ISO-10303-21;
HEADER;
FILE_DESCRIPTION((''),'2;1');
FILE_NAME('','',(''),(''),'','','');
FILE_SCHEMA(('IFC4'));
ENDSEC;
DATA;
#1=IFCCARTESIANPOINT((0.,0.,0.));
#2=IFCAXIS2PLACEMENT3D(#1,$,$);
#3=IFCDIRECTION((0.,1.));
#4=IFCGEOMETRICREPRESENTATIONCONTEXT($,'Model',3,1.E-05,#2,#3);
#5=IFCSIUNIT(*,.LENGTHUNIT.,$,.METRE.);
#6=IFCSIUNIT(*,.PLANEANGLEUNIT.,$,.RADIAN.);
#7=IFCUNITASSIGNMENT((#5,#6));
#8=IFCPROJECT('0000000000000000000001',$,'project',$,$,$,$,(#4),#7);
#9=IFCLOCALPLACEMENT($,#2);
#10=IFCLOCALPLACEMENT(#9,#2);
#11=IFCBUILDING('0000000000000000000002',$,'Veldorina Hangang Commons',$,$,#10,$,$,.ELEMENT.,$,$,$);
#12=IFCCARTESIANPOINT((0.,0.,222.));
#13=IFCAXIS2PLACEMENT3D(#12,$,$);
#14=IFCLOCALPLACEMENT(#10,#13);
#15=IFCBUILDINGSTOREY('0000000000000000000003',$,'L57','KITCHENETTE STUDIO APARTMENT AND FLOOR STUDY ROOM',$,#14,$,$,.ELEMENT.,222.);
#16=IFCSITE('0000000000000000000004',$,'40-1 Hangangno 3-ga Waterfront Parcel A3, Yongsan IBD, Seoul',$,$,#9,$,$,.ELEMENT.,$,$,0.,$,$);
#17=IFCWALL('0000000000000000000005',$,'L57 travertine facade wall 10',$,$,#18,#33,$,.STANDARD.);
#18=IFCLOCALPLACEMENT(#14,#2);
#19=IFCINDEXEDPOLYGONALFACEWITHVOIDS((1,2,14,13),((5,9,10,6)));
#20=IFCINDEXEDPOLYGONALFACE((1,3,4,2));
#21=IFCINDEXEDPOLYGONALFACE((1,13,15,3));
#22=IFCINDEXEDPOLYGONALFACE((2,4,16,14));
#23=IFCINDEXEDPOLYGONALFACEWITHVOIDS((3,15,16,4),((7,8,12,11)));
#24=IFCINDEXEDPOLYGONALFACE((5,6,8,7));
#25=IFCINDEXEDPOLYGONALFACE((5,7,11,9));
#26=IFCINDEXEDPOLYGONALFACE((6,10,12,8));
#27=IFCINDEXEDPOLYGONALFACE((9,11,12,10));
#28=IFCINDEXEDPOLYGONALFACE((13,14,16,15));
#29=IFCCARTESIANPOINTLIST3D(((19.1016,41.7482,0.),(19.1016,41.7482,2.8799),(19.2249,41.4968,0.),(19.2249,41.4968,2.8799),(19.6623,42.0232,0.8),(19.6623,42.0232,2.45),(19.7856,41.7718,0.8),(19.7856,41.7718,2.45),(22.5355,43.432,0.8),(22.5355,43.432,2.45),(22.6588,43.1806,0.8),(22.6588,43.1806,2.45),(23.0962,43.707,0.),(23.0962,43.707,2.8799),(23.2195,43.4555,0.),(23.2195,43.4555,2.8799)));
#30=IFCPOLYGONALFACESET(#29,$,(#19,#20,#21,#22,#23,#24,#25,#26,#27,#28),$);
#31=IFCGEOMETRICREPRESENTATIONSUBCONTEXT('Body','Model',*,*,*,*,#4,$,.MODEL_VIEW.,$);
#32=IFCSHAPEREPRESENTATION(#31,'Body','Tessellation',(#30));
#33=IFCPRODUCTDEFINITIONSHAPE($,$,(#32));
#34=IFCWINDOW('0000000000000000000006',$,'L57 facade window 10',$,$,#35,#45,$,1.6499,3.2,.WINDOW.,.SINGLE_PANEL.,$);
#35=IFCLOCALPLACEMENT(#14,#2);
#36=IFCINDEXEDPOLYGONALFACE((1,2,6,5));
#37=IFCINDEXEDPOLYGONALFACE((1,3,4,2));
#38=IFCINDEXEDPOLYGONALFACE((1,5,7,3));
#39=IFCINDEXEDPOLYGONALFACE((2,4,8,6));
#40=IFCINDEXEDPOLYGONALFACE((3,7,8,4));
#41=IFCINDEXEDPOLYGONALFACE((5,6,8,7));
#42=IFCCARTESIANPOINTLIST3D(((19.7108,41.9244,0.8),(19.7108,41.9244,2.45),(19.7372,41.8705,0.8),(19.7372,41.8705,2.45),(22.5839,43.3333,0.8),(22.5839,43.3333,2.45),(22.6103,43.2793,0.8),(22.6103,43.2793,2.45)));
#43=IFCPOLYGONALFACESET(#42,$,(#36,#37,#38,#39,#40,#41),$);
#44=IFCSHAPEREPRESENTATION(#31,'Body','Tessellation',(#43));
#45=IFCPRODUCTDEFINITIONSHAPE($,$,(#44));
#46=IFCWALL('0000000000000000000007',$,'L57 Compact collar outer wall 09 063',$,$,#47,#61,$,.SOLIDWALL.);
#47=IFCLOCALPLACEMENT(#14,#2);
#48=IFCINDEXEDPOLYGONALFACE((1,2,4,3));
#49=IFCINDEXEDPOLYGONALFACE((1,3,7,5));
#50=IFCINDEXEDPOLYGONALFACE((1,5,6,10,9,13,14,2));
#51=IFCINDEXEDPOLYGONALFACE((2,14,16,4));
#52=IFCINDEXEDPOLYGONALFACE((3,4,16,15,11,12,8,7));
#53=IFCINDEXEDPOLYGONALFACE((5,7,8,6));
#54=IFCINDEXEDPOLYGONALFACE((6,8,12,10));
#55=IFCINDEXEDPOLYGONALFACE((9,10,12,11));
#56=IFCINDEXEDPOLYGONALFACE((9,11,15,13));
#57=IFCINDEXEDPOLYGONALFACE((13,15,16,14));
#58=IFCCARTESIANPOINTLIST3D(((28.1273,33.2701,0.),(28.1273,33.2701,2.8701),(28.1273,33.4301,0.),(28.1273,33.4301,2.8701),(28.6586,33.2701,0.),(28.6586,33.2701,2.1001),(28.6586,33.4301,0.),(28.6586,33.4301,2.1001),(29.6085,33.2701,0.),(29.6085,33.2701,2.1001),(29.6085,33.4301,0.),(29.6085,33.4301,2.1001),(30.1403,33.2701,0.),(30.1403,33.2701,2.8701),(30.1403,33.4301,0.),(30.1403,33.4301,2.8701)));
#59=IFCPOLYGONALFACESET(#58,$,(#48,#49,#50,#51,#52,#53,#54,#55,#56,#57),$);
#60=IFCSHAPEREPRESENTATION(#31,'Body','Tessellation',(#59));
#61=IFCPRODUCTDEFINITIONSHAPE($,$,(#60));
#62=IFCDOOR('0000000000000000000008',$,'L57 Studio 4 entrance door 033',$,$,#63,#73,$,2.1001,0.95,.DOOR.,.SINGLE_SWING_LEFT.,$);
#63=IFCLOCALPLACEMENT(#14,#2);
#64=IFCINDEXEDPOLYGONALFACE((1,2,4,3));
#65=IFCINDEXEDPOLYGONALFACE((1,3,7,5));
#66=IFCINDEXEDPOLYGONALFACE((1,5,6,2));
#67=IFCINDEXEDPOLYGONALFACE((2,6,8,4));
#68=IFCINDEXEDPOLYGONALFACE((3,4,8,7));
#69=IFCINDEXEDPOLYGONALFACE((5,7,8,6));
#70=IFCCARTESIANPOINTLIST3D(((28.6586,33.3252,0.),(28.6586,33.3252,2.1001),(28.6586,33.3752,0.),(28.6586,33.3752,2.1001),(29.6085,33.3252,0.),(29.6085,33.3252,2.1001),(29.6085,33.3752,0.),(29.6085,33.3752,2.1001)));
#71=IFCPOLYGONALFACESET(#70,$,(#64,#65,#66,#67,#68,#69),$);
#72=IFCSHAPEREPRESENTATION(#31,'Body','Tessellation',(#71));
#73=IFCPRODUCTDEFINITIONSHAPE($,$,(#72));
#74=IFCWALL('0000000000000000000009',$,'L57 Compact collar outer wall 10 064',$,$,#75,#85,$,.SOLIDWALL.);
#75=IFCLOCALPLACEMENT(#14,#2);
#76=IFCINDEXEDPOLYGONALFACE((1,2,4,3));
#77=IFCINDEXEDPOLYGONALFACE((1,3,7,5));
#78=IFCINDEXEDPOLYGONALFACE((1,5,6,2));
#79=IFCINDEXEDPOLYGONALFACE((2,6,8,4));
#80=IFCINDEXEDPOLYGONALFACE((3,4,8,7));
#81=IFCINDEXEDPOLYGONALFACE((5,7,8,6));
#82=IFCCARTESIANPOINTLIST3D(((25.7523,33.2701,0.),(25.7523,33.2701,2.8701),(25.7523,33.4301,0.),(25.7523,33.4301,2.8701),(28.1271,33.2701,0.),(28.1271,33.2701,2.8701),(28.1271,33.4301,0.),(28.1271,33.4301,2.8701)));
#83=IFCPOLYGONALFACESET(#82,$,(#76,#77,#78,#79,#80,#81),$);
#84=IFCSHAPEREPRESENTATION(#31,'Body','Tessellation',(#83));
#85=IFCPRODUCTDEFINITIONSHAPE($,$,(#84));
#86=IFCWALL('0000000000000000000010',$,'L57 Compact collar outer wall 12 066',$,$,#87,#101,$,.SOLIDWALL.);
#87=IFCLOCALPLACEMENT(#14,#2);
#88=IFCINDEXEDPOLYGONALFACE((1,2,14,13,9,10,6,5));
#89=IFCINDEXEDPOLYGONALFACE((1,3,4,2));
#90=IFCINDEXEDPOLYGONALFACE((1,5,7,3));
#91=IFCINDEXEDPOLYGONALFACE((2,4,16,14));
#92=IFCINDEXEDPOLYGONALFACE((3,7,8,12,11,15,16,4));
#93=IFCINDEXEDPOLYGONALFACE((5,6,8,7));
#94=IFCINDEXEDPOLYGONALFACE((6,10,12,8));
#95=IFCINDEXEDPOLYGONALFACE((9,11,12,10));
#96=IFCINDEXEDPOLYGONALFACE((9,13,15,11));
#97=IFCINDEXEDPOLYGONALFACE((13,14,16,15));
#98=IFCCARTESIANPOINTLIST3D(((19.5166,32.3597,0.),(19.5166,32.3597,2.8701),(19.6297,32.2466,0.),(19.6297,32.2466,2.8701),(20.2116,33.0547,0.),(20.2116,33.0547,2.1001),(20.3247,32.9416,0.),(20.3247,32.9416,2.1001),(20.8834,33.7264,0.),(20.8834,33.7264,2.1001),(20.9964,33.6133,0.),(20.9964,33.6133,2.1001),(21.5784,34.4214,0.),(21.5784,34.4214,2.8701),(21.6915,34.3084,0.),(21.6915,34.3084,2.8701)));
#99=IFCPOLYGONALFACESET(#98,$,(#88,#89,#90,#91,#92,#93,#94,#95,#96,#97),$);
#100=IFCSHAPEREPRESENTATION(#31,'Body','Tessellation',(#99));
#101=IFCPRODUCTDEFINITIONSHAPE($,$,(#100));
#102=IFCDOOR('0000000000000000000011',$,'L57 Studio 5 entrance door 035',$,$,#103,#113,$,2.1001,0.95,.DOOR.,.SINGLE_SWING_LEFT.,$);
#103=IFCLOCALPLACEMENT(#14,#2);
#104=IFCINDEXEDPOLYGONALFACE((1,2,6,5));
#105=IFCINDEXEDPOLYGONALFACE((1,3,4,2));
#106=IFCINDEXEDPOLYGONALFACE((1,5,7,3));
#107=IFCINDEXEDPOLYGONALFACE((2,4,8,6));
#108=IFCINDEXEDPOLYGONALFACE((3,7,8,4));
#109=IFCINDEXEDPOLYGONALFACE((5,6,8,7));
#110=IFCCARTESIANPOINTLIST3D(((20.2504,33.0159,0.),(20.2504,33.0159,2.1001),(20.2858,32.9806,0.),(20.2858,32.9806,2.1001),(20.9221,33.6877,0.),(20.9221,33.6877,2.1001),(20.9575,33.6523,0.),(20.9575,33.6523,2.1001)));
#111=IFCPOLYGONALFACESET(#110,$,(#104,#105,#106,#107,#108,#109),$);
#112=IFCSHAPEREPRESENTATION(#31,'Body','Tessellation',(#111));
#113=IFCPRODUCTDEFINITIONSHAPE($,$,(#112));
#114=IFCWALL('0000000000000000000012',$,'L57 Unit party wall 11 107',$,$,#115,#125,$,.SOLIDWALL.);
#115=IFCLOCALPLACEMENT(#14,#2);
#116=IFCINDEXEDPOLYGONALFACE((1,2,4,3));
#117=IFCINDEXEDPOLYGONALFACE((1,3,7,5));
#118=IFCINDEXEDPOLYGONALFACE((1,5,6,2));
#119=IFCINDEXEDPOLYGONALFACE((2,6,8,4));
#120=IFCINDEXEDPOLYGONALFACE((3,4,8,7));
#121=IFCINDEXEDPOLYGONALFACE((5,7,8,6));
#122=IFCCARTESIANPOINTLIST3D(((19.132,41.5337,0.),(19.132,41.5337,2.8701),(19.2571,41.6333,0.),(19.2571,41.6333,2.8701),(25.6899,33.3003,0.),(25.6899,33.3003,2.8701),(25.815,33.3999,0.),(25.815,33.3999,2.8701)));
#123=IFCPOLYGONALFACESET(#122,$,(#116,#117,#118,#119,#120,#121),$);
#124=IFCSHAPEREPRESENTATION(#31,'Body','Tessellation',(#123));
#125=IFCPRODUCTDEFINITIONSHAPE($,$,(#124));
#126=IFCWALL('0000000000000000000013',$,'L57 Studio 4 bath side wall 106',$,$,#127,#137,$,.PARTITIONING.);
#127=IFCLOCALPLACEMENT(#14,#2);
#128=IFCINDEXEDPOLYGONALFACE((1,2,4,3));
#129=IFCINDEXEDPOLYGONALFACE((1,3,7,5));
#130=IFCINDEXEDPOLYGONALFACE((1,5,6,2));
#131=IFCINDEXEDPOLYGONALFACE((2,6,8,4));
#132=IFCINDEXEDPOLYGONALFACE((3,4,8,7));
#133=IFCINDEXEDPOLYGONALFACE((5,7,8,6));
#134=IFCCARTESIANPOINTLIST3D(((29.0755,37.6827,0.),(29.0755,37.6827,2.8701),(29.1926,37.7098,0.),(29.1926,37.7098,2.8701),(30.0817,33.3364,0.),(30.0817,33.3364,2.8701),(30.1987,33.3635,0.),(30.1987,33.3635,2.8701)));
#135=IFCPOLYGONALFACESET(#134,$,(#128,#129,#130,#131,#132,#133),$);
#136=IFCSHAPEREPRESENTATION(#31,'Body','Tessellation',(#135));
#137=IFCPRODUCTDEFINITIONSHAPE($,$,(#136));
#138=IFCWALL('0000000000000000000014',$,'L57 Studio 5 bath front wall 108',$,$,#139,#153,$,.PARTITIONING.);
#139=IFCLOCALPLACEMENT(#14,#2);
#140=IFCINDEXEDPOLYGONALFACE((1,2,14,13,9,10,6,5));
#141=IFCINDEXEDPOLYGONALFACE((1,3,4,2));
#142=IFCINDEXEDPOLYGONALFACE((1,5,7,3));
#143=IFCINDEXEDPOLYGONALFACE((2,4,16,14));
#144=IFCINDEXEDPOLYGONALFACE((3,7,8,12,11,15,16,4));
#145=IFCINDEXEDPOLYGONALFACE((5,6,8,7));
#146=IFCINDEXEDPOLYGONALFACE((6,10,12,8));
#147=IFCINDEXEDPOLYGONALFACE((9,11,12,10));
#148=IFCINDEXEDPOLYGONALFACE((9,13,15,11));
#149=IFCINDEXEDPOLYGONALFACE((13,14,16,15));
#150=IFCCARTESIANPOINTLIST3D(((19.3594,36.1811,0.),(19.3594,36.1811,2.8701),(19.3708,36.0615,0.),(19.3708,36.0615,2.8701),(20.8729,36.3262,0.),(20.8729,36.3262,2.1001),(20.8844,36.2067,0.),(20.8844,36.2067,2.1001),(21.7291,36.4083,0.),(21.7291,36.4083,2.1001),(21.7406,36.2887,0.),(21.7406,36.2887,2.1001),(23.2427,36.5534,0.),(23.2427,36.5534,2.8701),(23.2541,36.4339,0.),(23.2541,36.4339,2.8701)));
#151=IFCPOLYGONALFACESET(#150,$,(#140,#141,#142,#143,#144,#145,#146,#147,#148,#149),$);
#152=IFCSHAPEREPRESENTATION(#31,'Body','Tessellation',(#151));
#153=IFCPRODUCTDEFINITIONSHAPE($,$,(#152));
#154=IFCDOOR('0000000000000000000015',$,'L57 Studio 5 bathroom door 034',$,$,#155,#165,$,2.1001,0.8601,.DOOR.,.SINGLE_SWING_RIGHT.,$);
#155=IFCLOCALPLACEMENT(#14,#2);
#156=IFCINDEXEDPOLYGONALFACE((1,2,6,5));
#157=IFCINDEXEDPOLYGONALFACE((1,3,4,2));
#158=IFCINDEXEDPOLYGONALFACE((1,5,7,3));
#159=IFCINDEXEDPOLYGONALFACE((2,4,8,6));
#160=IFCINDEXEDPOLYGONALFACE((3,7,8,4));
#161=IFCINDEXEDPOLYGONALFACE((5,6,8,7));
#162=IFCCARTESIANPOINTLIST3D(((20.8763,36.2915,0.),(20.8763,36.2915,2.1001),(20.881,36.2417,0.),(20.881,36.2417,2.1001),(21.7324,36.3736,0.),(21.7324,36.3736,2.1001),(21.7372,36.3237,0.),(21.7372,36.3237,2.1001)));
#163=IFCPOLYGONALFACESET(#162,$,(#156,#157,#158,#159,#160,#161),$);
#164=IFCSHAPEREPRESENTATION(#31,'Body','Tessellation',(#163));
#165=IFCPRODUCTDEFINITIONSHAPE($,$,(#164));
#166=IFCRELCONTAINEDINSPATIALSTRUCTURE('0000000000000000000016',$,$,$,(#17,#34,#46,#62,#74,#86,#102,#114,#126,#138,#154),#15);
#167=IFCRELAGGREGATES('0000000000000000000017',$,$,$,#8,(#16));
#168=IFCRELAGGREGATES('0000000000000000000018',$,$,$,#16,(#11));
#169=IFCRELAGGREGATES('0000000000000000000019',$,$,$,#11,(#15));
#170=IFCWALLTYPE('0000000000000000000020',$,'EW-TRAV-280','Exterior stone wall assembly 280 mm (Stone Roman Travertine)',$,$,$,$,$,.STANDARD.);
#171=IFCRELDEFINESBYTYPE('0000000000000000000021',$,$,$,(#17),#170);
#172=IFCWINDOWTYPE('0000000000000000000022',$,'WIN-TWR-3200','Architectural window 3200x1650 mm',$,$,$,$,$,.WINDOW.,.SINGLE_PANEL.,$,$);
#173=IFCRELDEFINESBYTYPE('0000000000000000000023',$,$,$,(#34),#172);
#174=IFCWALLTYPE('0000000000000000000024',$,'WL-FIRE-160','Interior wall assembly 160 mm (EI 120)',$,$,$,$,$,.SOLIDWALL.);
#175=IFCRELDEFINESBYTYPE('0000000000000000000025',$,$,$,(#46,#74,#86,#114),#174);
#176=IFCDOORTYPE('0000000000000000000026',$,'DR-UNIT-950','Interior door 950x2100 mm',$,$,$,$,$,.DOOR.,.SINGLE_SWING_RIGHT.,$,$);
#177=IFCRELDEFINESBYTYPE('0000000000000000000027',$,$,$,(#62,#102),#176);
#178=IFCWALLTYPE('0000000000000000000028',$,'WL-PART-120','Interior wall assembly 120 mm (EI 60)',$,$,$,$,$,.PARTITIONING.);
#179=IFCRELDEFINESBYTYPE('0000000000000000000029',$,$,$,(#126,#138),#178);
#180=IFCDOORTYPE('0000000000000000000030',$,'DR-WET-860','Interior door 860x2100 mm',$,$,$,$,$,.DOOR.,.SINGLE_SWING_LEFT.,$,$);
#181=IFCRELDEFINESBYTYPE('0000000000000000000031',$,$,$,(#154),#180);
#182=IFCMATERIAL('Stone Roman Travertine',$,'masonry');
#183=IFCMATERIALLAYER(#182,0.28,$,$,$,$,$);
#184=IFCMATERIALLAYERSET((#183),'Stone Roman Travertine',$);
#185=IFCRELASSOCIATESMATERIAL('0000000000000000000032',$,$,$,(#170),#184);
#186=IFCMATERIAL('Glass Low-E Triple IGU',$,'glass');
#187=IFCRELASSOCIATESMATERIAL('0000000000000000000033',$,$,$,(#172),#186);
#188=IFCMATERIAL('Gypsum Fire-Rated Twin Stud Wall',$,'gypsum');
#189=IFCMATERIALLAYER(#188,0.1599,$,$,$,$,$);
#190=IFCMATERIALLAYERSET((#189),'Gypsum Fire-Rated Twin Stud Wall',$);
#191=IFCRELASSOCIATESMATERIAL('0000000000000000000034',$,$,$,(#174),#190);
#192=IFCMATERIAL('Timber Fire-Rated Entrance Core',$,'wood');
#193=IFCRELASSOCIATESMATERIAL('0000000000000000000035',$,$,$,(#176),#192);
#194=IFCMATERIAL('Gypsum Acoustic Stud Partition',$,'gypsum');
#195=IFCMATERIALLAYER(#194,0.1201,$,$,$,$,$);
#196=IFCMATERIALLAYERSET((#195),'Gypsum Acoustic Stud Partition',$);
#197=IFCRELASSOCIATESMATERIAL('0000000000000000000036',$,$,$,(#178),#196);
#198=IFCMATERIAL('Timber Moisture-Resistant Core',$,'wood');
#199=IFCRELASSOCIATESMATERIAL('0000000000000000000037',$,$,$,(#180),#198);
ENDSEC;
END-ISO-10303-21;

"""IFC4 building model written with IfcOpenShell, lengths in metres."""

from ifc_helpers import new_model, si_unit, direction, frame, frame_2d, origin, place, context, subcontext, project, spatial, rectangle, extrude, material, layer, layer_set, type_object, element, fill, save


model = new_model("IFC4")

# Units and contexts
model_context = context("Model", 3, precision=1e-05, world=origin(), true_north=direction((0.0, 1.0)))
body_context = subcontext(model_context, "Body", "Model", "MODEL_VIEW")
ifc_project = project(units=[si_unit("LENGTHUNIT", "METRE"), si_unit("PLANEANGLEUNIT", "RADIAN")], contexts=[model_context])

# Site, building, storey
site_placement = place(None, origin())
site = spatial("IfcSite", under=ifc_project, at=site_placement, Name="40-1 Hangangno 3-ga Waterfront Parcel A3, Yongsan IBD, Seoul", CompositionType="ELEMENT", RefElevation=0.0)
building_placement = place(site_placement, origin())
building = spatial("IfcBuilding", under=site, at=building_placement, Name="Veldorina Hangang Commons", CompositionType="ELEMENT")
storey_placement = place(building_placement, frame((0.0, 0.0, 222.0)))
storey = spatial("IfcBuildingStorey", under=building, at=storey_placement, Name="L57", Description="KITCHENETTE STUDIO APARTMENT AND FLOOR STUDY ROOM", CompositionType="ELEMENT", Elevation=222.0)

# Shared definitions
ifc_material_1 = material(Name="Stone Roman Travertine", Category="masonry")
ifc_layer_1 = layer(ifc_material_1, 0.28)
ifc_layer_set_1 = layer_set([ifc_layer_1], Name="Stone Roman Travertine")
wall_type_1 = type_object("IfcWallType", Name="EW-TRAV-280", Description="Exterior stone wall assembly 280 mm (Stone Roman Travertine)", PredefinedType="STANDARD", material=ifc_layer_set_1)

# Wall, opening, window
wall_1_placement = place(storey_placement, frame((23.158, 43.5813, 0.0), z_axis=(0.0, 0.0, 1.0), x_axis=(-0.897868, -0.440264, 0.0)))
wall_1 = element("IfcWall", 1, at=wall_1_placement, inside=storey, type_object=wall_type_1, Name="L57 travertine facade wall 10", PredefinedType="STANDARD", context=body_context, shape_type="SweptSolid", body=[
    extrude(rectangle(XDim=4.449, YDim=0.28, at=frame_2d((2.2246, 0.0))), origin(), (0.0, 0.0, 1.0), 2.8799),
])
opening_1_placement = place(wall_1_placement, frame((0.6245, 0.0, 0.8)))
opening_1 = element("IfcOpeningElement", 2, at=opening_1_placement, cuts=wall_1, PredefinedType="OPENING", context=body_context, shape_type="SweptSolid", body=[
    extrude(rectangle(XDim=3.2, YDim=1.6499, at=frame_2d((1.6001, 0.825))), frame((0.0, 0.1499, 0.0), z_axis=(0.0, -1.0, 0.0), x_axis=(1.0, 0.0, 0.0)), (0.0, 0.0, 1.0), 0.3),
])
ifc_material_2 = material(Name="Glass Low-E Triple IGU", Category="glass")
window_type = type_object("IfcWindowType", Name="WIN-TWR-3200", Description="Architectural window 3200x1650 mm", PartitioningType="SINGLE_PANEL", PredefinedType="WINDOW", material=ifc_material_2)
window_placement = place(opening_1_placement, origin())
window = element("IfcWindow", 3, at=window_placement, inside=storey, type_object=window_type, Name="L57 facade window 10", OverallHeight=1.6499, OverallWidth=3.2, PartitioningType="SINGLE_PANEL", PredefinedType="WINDOW", context=body_context, shape_type="SweptSolid", body=[
    extrude(rectangle(XDim=3.2, YDim=1.6499, at=frame_2d((1.6001, 0.825))), frame((0.0, 0.03, 0.0), z_axis=(0.0, -1.0, 0.0), x_axis=(1.0, 0.0, 0.0)), (0.0, 0.0, 1.0), 0.0601),
])
fill(opening_1, window)

# Wall, opening, door
ifc_material_3 = material(Name="Gypsum Fire-Rated Twin Stud Wall", Category="gypsum")
ifc_layer_2 = layer(ifc_material_3, 0.1599)
ifc_layer_set_2 = layer_set([ifc_layer_2], Name="Gypsum Fire-Rated Twin Stud Wall")
wall_type_2 = type_object("IfcWallType", Name="WL-FIRE-160", Description="Interior wall assembly 160 mm (EI 120)", PredefinedType="SOLIDWALL", material=ifc_layer_set_2)
wall_2_placement = place(storey_placement, frame((30.1401, 33.3501, 0.0), z_axis=(0.0, 0.0, 1.0), x_axis=(-1.0, 0.0, 0.0)))
wall_2 = element("IfcWall", 4, at=wall_2_placement, inside=storey, type_object=wall_type_2, Name="L57 Compact collar outer wall 09 063", PredefinedType="SOLIDWALL", context=body_context, shape_type="SweptSolid", body=[
    extrude(rectangle(XDim=2.0129, YDim=0.1599, at=frame_2d((1.0063, 0.0))), origin(), (0.0, 0.0, 1.0), 2.8701),
])
opening_2_placement = place(wall_2_placement, frame((0.5315, 0.0, 0.0)))
opening_2 = element("IfcOpeningElement", 5, at=opening_2_placement, cuts=wall_2, PredefinedType="OPENING", context=body_context, shape_type="SweptSolid", body=[
    extrude(rectangle(XDim=0.95, YDim=2.1001, at=frame_2d((0.4751, 1.05))), frame((0.0, 0.0898, 0.0), z_axis=(0.0, -1.0, 0.0), x_axis=(1.0, 0.0, 0.0)), (0.0, 0.0, 1.0), 0.1799),
])
ifc_material_4 = material(Name="Timber Fire-Rated Entrance Core", Category="wood")
door_type_1 = type_object("IfcDoorType", Name="DR-UNIT-950", Description="Interior door 950x2100 mm", OperationType="SINGLE_SWING_RIGHT", PredefinedType="DOOR", material=ifc_material_4)
door_1_placement = place(opening_2_placement, origin())
door_1 = element("IfcDoor", 6, at=door_1_placement, inside=storey, type_object=door_type_1, Name="L57 Studio 4 entrance door 033", OperationType="SINGLE_SWING_LEFT", OverallHeight=2.1001, OverallWidth=0.95, PredefinedType="DOOR", context=body_context, shape_type="SweptSolid", body=[
    extrude(rectangle(XDim=0.95, YDim=2.1001, at=frame_2d((0.4751, 1.05))), frame((0.0, 0.0249, 0.0), z_axis=(0.0, -1.0, 0.0), x_axis=(1.0, 0.0, 0.0)), (0.0, 0.0, 1.0), 0.05),
])
fill(opening_2, door_1)

# Wall
wall_3_placement = place(storey_placement, frame((28.1272, 33.3501, 0.0), z_axis=(0.0, 0.0, 1.0), x_axis=(-1.0, 0.0, 0.0)))
element("IfcWall", 7, at=wall_3_placement, inside=storey, type_object=wall_type_2, Name="L57 Compact collar outer wall 10 064", PredefinedType="SOLIDWALL", context=body_context, shape_type="SweptSolid", body=[
    extrude(rectangle(XDim=2.3748, YDim=0.1599, at=frame_2d((1.1875, 0.0))), origin(), (0.0, 0.0, 1.0), 2.8701),
])

# Wall, opening, door
wall_4_placement = place(storey_placement, frame((21.635, 34.365, 0.0), z_axis=(0.0, 0.0, 1.0), x_axis=(-0.707107, -0.707107, 0.0)))
wall_4 = element("IfcWall", 8, at=wall_4_placement, inside=storey, type_object=wall_type_2, Name="L57 Compact collar outer wall 12 066", PredefinedType="SOLIDWALL", context=body_context, shape_type="SweptSolid", body=[
    extrude(rectangle(XDim=2.9158, YDim=0.1599, at=frame_2d((1.458, 0.0))), origin(), (0.0, 0.0, 1.0), 2.8701),
])
opening_3_placement = place(wall_4_placement, frame((0.9829, 0.0, 0.0)))
opening_3 = element("IfcOpeningElement", 9, at=opening_3_placement, cuts=wall_4, PredefinedType="OPENING", context=body_context, shape_type="SweptSolid", body=[
    extrude(rectangle(XDim=0.95, YDim=2.1001, at=frame_2d((0.4751, 1.05))), frame((0.0, 0.0898, 0.0), z_axis=(0.0, -1.0, 0.0), x_axis=(1.0, 0.0, 0.0)), (0.0, 0.0, 1.0), 0.1799),
])
door_2_placement = place(opening_3_placement, origin())
door_2 = element("IfcDoor", 10, at=door_2_placement, inside=storey, type_object=door_type_1, Name="L57 Studio 5 entrance door 035", OperationType="SINGLE_SWING_LEFT", OverallHeight=2.1001, OverallWidth=0.95, PredefinedType="DOOR", context=body_context, shape_type="SweptSolid", body=[
    extrude(rectangle(XDim=0.95, YDim=2.1001, at=frame_2d((0.4751, 1.05))), frame((0.0, 0.0249, 0.0), z_axis=(0.0, -1.0, 0.0), x_axis=(1.0, 0.0, 0.0)), (0.0, 0.0, 1.0), 0.05),
])
fill(opening_3, door_2)

# Walls
wall_5_placement = place(storey_placement, frame((25.7524, 33.3501, 0.0), z_axis=(0.0, 0.0, 1.0), x_axis=(-0.623022, 0.782204, 0.0)))
element("IfcWall", 11, at=wall_5_placement, inside=storey, type_object=wall_type_2, Name="L57 Unit party wall 11 107", PredefinedType="SOLIDWALL", context=body_context, shape_type="SweptSolid", body=[
    extrude(rectangle(XDim=10.5259, YDim=0.1599, at=frame_2d((5.2629, 0.0))), origin(), (0.0, 0.0, 1.0), 2.8701),
])
ifc_material_5 = material(Name="Gypsum Acoustic Stud Partition", Category="gypsum")
ifc_layer_3 = layer(ifc_material_5, 0.1201)
ifc_layer_set_3 = layer_set([ifc_layer_3], Name="Gypsum Acoustic Stud Partition")
wall_type_3 = type_object("IfcWallType", Name="WL-PART-120", Description="Interior wall assembly 120 mm (EI 60)", PredefinedType="PARTITIONING", material=ifc_layer_set_3)
wall_6_placement = place(storey_placement, frame((30.1401, 33.3501, 0.0), z_axis=(0.0, 0.0, 1.0), x_axis=(-0.225527, 0.974237, 0.0)))
element("IfcWall", 12, at=wall_6_placement, inside=storey, type_object=wall_type_3, Name="L57 Studio 4 bath side wall 106", PredefinedType="PARTITIONING", context=body_context, shape_type="SweptSolid", body=[
    extrude(rectangle(XDim=4.4612, YDim=0.1201, at=frame_2d((2.2305, 0.0))), origin(), (0.0, 0.0, 1.0), 2.8701),
])

# Wall, opening, door
wall_7_placement = place(storey_placement, frame((23.2485, 36.4937, 0.0), z_axis=(0.0, 0.0, 1.0), x_axis=(-0.995435, -0.095438, 0.0)))
wall_7 = element("IfcWall", 13, at=wall_7_placement, inside=storey, type_object=wall_type_3, Name="L57 Studio 5 bath front wall 108", PredefinedType="PARTITIONING", context=body_context, shape_type="SweptSolid", body=[
    extrude(rectangle(XDim=3.9011, YDim=0.1201, at=frame_2d((1.9507, 0.0))), origin(), (0.0, 0.0, 1.0), 2.8701),
])
opening_4_placement = place(wall_7_placement, frame((1.5205, 0.0, 0.0)))
opening_4 = element("IfcOpeningElement", 14, at=opening_4_placement, cuts=wall_7, PredefinedType="OPENING", context=body_context, shape_type="SweptSolid", body=[
    extrude(rectangle(XDim=0.8601, YDim=2.1001, at=frame_2d((0.4302, 1.05))), frame((0.0, 0.0701, 0.0), z_axis=(0.0, -1.0, 0.0), x_axis=(1.0, 0.0, 0.0)), (0.0, 0.0, 1.0), 0.1401),
])
ifc_material_6 = material(Name="Timber Moisture-Resistant Core", Category="wood")
door_type_2 = type_object("IfcDoorType", Name="DR-WET-860", Description="Interior door 860x2100 mm", OperationType="SINGLE_SWING_LEFT", PredefinedType="DOOR", material=ifc_material_6)
door_3_placement = place(opening_4_placement, origin())
door_3 = element("IfcDoor", 15, at=door_3_placement, inside=storey, type_object=door_type_2, Name="L57 Studio 5 bathroom door 034", OperationType="SINGLE_SWING_RIGHT", OverallHeight=2.1001, OverallWidth=0.8601, PredefinedType="DOOR", context=body_context, shape_type="SweptSolid", body=[
    extrude(rectangle(XDim=0.8601, YDim=2.1001, at=frame_2d((0.4302, 1.05))), frame((0.0, 0.0249, 0.0), z_axis=(0.0, -1.0, 0.0), x_axis=(1.0, 0.0, 0.0)), (0.0, 0.0, 1.0), 0.05),
])
fill(opening_4, door_3)

save(model, "model.ifc")
